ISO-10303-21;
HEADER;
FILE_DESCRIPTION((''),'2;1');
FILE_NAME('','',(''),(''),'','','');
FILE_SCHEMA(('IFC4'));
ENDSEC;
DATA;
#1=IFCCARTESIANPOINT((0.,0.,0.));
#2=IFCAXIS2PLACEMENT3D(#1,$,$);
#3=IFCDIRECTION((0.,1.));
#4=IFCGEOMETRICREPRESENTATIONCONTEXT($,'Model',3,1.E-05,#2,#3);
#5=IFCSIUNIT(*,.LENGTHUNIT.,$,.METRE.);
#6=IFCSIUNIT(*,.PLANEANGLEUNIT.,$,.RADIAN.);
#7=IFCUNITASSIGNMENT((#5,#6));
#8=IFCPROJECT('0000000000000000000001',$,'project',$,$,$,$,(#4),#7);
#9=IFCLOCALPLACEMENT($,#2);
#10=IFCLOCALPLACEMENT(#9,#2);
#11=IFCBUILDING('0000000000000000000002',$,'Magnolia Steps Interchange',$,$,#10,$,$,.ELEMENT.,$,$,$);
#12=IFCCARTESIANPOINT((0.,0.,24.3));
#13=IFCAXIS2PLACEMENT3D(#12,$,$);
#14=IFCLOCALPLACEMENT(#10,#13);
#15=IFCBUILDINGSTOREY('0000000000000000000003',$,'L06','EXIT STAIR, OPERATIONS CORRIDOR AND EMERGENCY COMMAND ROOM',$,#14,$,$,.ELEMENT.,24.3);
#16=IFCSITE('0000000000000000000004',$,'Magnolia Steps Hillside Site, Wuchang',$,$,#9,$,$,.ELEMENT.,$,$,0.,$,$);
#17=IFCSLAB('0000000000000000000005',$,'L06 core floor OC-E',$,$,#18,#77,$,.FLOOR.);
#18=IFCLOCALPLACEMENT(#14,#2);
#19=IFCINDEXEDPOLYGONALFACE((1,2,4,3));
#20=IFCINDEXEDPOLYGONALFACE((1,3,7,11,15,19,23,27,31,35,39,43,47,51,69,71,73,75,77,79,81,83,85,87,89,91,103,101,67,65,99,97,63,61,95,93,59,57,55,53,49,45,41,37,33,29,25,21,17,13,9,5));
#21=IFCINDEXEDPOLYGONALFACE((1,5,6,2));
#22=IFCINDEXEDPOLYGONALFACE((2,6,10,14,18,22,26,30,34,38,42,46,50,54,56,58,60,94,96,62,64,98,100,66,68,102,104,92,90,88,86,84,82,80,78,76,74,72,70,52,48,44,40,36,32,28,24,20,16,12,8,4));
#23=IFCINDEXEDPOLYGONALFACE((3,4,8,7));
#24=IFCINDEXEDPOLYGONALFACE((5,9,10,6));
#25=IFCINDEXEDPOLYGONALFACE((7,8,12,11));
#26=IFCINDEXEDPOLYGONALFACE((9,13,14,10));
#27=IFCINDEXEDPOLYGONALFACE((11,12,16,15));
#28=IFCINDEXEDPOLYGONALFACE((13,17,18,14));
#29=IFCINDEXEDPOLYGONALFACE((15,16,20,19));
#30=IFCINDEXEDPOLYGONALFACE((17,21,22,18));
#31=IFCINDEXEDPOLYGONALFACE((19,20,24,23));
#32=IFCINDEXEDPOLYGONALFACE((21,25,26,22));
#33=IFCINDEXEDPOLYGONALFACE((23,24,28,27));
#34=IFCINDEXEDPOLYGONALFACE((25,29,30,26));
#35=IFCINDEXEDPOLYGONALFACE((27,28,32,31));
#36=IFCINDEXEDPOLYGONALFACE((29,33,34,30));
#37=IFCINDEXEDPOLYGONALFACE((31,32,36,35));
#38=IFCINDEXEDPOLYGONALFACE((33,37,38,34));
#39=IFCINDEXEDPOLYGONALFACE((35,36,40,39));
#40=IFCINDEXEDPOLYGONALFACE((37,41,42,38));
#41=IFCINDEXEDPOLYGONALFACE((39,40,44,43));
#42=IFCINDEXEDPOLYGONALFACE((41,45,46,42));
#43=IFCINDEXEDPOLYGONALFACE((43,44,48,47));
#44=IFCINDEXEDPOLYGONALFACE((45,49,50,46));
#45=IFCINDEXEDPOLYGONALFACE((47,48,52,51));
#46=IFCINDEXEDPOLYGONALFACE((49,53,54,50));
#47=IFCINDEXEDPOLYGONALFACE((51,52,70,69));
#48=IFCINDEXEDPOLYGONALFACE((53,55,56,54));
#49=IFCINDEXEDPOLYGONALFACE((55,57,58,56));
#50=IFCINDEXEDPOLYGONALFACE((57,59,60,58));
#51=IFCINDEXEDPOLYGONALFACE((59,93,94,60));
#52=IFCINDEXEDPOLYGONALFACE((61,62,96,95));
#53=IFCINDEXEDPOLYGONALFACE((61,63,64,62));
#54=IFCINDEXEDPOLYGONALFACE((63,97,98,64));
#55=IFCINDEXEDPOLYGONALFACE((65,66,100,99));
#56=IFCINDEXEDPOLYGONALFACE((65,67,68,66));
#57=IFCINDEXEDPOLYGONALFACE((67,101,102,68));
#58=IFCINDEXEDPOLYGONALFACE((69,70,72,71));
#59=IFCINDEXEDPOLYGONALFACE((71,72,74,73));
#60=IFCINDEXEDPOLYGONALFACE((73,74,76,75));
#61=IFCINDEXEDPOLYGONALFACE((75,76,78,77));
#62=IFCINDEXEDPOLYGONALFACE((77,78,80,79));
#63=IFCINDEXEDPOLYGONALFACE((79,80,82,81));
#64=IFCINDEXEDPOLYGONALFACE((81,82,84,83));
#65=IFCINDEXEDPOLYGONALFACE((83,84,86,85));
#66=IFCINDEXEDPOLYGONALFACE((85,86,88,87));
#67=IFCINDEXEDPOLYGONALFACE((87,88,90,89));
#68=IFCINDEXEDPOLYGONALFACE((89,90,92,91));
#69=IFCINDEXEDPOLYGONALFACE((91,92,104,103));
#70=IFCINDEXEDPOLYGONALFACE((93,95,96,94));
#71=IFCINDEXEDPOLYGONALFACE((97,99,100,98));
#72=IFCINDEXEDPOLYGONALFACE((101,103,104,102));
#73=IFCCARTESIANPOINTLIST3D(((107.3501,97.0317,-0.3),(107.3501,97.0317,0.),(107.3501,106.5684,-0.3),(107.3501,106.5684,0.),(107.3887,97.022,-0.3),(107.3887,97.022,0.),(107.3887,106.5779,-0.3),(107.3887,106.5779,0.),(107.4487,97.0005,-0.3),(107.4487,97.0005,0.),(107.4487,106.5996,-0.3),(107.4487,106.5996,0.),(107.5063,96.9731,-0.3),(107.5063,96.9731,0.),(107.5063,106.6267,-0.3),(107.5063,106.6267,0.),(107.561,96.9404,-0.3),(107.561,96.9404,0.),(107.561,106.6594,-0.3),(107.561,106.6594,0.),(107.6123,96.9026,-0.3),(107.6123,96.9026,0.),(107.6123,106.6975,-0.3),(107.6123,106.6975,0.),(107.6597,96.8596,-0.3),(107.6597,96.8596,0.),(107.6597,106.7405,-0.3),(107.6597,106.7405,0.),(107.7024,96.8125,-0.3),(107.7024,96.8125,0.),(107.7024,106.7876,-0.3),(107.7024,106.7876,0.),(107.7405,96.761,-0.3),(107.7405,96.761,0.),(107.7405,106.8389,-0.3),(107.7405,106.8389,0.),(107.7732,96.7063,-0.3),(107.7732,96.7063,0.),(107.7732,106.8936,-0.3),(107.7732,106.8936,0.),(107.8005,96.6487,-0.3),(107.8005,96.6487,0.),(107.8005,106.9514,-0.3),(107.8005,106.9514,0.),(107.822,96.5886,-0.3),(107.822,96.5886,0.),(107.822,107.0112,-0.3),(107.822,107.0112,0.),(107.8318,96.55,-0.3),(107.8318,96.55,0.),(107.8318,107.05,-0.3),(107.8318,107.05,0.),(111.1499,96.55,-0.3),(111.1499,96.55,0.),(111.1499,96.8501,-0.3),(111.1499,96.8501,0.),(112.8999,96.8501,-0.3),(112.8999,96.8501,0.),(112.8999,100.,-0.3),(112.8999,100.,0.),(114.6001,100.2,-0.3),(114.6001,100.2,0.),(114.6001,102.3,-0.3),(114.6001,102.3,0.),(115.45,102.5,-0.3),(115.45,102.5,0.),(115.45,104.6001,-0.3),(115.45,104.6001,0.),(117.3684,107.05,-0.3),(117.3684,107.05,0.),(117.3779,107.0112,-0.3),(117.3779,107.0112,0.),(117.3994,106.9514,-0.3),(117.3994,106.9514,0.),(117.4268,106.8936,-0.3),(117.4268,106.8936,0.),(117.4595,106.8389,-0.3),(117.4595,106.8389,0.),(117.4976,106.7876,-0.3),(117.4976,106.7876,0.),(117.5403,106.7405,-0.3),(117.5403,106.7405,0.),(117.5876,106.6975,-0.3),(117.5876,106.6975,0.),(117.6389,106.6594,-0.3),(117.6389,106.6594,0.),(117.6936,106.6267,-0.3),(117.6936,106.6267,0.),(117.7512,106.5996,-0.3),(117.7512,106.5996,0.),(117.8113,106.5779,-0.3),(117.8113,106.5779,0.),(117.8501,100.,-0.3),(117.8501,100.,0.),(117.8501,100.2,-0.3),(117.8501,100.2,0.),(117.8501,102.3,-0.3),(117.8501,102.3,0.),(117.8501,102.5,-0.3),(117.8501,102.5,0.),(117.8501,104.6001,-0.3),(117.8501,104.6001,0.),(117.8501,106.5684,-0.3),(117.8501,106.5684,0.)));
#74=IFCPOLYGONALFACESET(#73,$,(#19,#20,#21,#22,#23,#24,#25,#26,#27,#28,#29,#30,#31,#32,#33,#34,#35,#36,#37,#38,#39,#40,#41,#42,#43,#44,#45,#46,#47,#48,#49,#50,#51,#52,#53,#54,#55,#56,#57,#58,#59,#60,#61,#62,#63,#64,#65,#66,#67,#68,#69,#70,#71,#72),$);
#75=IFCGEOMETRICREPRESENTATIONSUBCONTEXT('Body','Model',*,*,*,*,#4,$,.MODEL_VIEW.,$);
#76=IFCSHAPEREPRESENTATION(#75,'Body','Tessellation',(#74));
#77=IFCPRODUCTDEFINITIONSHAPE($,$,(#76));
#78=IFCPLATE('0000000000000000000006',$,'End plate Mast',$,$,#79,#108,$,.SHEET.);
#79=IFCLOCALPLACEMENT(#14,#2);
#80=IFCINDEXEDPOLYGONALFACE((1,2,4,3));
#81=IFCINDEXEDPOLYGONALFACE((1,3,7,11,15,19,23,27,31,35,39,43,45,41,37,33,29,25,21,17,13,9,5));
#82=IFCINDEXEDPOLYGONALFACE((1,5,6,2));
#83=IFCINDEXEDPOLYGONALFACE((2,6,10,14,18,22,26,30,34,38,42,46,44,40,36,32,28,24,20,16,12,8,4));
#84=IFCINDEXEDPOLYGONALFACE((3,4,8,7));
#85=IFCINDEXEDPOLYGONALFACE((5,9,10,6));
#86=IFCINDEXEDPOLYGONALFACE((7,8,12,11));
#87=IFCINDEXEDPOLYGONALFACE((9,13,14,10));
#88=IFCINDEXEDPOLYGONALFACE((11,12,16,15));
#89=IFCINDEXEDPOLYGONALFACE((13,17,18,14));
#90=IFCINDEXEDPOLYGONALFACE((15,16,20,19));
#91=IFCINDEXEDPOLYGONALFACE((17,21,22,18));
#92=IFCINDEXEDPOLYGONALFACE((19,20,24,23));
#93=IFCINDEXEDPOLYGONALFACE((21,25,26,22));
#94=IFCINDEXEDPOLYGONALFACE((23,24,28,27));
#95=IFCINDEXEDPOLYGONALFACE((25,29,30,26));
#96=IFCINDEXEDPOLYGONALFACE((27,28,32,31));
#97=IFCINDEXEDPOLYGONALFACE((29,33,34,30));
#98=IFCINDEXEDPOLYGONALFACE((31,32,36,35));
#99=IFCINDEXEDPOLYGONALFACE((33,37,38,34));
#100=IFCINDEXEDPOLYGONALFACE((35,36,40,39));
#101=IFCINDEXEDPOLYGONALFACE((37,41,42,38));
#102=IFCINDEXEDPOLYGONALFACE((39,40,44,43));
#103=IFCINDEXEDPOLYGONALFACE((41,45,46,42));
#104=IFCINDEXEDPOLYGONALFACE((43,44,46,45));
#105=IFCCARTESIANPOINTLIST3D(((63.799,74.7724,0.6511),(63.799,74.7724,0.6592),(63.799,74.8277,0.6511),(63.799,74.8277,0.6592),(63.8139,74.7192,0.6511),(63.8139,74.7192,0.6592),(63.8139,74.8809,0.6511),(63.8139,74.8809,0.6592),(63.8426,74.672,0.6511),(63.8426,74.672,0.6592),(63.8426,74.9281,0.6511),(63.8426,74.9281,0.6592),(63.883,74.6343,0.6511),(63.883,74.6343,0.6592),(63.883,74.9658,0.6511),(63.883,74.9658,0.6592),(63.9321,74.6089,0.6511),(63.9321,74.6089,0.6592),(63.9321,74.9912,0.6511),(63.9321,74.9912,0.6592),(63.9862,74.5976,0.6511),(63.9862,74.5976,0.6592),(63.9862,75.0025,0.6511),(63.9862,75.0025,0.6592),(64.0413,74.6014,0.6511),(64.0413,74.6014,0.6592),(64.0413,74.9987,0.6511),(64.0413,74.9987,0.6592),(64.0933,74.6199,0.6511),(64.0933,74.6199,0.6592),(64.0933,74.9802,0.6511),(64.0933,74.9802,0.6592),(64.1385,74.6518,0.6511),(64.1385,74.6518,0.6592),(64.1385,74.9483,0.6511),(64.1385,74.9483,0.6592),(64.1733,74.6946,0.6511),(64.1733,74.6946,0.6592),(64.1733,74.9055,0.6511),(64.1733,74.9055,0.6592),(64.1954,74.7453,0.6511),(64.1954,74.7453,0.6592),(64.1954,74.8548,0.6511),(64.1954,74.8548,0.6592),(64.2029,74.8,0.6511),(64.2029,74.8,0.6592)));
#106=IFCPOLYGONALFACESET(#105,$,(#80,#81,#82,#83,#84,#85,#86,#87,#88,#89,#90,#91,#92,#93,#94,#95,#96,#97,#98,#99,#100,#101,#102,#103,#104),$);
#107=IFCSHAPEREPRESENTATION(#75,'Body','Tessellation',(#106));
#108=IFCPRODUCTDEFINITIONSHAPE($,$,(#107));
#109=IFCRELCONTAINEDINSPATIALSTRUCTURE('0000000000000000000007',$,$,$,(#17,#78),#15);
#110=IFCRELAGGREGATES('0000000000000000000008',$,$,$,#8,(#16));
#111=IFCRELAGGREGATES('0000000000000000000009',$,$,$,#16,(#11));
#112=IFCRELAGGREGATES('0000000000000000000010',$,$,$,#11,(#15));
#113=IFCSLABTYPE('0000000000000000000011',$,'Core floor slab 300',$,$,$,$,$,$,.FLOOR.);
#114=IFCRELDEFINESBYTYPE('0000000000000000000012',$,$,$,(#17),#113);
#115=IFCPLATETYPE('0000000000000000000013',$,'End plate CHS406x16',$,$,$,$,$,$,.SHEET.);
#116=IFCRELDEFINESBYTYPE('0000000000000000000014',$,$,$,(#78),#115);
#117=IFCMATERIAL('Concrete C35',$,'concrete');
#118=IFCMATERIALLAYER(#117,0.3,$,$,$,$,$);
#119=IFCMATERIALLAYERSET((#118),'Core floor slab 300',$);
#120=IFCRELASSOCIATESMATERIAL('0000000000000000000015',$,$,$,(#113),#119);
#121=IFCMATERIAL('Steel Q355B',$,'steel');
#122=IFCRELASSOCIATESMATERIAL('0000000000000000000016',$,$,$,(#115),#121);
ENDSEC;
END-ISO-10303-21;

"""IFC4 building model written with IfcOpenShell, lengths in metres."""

from ifc_helpers import new_model, si_unit, direction, frame, origin, origin_2d, place, context, subcontext, project, spatial, polyline, circle, outline, extrude, material, layer, layer_set, material_profile, profile_set, type_object, element, save


model = new_model("IFC4")

# Units and contexts
model_context = context("Model", 3, precision=1e-05, world=origin(), true_north=direction((0.0, 1.0)))
body_context = subcontext(model_context, "Body", "Model", "MODEL_VIEW")
ifc_project = project(units=[si_unit("LENGTHUNIT", "METRE"), si_unit("PLANEANGLEUNIT", "RADIAN")], contexts=[model_context])

# Site, building, storey
site_placement = place(None, origin())
site = spatial("IfcSite", under=ifc_project, at=site_placement, Name="Magnolia Steps Hillside Site, Wuchang", CompositionType="ELEMENT", RefElevation=0.0)
building_placement = place(site_placement, origin())
building = spatial("IfcBuilding", under=site, at=building_placement, Name="Magnolia Steps Interchange", CompositionType="ELEMENT")
storey_placement = place(building_placement, frame((0.0, 0.0, 24.3)))
storey = spatial("IfcBuildingStorey", under=building, at=storey_placement, Name="L06", Description="EXIT STAIR, OPERATIONS CORRIDOR AND EMERGENCY COMMAND ROOM", CompositionType="ELEMENT", Elevation=24.3)

# Slab
ifc_material_1 = material(Name="Concrete C35", Category="concrete")
ifc_layer_1 = layer(ifc_material_1, 0.3)
ifc_layer_set_1 = layer_set([ifc_layer_1], Name="Core floor slab 300")
slab_type_1 = type_object("IfcSlabType", Name="Core floor slab 300", PredefinedType="FLOOR", material=ifc_layer_set_1)
slab_1_placement = place(storey_placement, frame((0.0, 0.0, -0.3)))
element("IfcSlab", 1, at=slab_1_placement, inside=storey, type_object=slab_type_1, Name="L06 core floor OC-E", PredefinedType="FLOOR", context=body_context, shape_type="SweptSolid", body=[
    extrude(outline(polyline([(107.3501, 106.5684), (107.3887, 106.5779), (107.4487, 106.5996), (107.5063, 106.6267), (107.561, 106.6594), (107.6123, 106.6975), (107.6597, 106.7405), (107.7024, 106.7876), (107.7405, 106.8389), (107.7732, 106.8936), (107.8005, 106.9514), (107.822, 107.0112), (107.8318, 107.05), (117.3684, 107.05), (117.3779, 107.0112), (117.3994, 106.9514), (117.4268, 106.8936), (117.4595, 106.8389), (117.4976, 106.7876), (117.5403, 106.7405), (117.5876, 106.6975), (117.6389, 106.6594), (117.6936, 106.6267), (117.7512, 106.5996), (117.8113, 106.5779), (117.8501, 106.5684), (117.8501, 104.6001), (115.45, 104.6001), (115.45, 102.5), (117.8501, 102.5), (117.8501, 102.3), (114.6001, 102.3), (114.6001, 100.2), (117.8501, 100.2), (117.8501, 100.0), (112.8999, 100.0), (112.8999, 96.8501), (111.1499, 96.8501), (111.1499, 96.55), (107.8318, 96.55), (107.822, 96.5886), (107.8005, 96.6487), (107.7732, 96.7063), (107.7405, 96.761), (107.7024, 96.8125), (107.6597, 96.8596), (107.6123, 96.9026), (107.561, 96.9404), (107.5063, 96.9731), (107.4487, 97.0005), (107.3887, 97.022), (107.3501, 97.0317), (107.3501, 106.5684)])), origin(), (0.0, 0.0, 1.0), 0.3),
])

# Plate
ifc_material_2 = material(Name="Steel Q355B", Category="steel")
ifc_material_profile_1 = material_profile(ifc_material_2, circle(Radius=0.2029, at=origin_2d()), Name="End plate CHS406x16")
ifc_profile_set_1 = profile_set([ifc_material_profile_1], Name="Steel Q355B")
plate_type = type_object("IfcPlateType", Name="End plate CHS406x16", PredefinedType="SHEET", material=ifc_profile_set_1)
plate_placement = place(storey_placement, frame((64.0, 74.8, 0.6511), z_axis=(0.0, 0.0, 1.0), x_axis=(1.0, 0.0, 0.0)))
element("IfcPlate", 2, at=plate_placement, inside=storey, type_object=plate_type, Name="End plate Mast", PredefinedType="SHEET", context=body_context, shape_type="SweptSolid", body=[
    extrude(circle(Radius=0.2029, at=origin_2d()), origin(), (0.0, 0.0, 1.0), 0.0081),
])

save(model, "model.ifc")
